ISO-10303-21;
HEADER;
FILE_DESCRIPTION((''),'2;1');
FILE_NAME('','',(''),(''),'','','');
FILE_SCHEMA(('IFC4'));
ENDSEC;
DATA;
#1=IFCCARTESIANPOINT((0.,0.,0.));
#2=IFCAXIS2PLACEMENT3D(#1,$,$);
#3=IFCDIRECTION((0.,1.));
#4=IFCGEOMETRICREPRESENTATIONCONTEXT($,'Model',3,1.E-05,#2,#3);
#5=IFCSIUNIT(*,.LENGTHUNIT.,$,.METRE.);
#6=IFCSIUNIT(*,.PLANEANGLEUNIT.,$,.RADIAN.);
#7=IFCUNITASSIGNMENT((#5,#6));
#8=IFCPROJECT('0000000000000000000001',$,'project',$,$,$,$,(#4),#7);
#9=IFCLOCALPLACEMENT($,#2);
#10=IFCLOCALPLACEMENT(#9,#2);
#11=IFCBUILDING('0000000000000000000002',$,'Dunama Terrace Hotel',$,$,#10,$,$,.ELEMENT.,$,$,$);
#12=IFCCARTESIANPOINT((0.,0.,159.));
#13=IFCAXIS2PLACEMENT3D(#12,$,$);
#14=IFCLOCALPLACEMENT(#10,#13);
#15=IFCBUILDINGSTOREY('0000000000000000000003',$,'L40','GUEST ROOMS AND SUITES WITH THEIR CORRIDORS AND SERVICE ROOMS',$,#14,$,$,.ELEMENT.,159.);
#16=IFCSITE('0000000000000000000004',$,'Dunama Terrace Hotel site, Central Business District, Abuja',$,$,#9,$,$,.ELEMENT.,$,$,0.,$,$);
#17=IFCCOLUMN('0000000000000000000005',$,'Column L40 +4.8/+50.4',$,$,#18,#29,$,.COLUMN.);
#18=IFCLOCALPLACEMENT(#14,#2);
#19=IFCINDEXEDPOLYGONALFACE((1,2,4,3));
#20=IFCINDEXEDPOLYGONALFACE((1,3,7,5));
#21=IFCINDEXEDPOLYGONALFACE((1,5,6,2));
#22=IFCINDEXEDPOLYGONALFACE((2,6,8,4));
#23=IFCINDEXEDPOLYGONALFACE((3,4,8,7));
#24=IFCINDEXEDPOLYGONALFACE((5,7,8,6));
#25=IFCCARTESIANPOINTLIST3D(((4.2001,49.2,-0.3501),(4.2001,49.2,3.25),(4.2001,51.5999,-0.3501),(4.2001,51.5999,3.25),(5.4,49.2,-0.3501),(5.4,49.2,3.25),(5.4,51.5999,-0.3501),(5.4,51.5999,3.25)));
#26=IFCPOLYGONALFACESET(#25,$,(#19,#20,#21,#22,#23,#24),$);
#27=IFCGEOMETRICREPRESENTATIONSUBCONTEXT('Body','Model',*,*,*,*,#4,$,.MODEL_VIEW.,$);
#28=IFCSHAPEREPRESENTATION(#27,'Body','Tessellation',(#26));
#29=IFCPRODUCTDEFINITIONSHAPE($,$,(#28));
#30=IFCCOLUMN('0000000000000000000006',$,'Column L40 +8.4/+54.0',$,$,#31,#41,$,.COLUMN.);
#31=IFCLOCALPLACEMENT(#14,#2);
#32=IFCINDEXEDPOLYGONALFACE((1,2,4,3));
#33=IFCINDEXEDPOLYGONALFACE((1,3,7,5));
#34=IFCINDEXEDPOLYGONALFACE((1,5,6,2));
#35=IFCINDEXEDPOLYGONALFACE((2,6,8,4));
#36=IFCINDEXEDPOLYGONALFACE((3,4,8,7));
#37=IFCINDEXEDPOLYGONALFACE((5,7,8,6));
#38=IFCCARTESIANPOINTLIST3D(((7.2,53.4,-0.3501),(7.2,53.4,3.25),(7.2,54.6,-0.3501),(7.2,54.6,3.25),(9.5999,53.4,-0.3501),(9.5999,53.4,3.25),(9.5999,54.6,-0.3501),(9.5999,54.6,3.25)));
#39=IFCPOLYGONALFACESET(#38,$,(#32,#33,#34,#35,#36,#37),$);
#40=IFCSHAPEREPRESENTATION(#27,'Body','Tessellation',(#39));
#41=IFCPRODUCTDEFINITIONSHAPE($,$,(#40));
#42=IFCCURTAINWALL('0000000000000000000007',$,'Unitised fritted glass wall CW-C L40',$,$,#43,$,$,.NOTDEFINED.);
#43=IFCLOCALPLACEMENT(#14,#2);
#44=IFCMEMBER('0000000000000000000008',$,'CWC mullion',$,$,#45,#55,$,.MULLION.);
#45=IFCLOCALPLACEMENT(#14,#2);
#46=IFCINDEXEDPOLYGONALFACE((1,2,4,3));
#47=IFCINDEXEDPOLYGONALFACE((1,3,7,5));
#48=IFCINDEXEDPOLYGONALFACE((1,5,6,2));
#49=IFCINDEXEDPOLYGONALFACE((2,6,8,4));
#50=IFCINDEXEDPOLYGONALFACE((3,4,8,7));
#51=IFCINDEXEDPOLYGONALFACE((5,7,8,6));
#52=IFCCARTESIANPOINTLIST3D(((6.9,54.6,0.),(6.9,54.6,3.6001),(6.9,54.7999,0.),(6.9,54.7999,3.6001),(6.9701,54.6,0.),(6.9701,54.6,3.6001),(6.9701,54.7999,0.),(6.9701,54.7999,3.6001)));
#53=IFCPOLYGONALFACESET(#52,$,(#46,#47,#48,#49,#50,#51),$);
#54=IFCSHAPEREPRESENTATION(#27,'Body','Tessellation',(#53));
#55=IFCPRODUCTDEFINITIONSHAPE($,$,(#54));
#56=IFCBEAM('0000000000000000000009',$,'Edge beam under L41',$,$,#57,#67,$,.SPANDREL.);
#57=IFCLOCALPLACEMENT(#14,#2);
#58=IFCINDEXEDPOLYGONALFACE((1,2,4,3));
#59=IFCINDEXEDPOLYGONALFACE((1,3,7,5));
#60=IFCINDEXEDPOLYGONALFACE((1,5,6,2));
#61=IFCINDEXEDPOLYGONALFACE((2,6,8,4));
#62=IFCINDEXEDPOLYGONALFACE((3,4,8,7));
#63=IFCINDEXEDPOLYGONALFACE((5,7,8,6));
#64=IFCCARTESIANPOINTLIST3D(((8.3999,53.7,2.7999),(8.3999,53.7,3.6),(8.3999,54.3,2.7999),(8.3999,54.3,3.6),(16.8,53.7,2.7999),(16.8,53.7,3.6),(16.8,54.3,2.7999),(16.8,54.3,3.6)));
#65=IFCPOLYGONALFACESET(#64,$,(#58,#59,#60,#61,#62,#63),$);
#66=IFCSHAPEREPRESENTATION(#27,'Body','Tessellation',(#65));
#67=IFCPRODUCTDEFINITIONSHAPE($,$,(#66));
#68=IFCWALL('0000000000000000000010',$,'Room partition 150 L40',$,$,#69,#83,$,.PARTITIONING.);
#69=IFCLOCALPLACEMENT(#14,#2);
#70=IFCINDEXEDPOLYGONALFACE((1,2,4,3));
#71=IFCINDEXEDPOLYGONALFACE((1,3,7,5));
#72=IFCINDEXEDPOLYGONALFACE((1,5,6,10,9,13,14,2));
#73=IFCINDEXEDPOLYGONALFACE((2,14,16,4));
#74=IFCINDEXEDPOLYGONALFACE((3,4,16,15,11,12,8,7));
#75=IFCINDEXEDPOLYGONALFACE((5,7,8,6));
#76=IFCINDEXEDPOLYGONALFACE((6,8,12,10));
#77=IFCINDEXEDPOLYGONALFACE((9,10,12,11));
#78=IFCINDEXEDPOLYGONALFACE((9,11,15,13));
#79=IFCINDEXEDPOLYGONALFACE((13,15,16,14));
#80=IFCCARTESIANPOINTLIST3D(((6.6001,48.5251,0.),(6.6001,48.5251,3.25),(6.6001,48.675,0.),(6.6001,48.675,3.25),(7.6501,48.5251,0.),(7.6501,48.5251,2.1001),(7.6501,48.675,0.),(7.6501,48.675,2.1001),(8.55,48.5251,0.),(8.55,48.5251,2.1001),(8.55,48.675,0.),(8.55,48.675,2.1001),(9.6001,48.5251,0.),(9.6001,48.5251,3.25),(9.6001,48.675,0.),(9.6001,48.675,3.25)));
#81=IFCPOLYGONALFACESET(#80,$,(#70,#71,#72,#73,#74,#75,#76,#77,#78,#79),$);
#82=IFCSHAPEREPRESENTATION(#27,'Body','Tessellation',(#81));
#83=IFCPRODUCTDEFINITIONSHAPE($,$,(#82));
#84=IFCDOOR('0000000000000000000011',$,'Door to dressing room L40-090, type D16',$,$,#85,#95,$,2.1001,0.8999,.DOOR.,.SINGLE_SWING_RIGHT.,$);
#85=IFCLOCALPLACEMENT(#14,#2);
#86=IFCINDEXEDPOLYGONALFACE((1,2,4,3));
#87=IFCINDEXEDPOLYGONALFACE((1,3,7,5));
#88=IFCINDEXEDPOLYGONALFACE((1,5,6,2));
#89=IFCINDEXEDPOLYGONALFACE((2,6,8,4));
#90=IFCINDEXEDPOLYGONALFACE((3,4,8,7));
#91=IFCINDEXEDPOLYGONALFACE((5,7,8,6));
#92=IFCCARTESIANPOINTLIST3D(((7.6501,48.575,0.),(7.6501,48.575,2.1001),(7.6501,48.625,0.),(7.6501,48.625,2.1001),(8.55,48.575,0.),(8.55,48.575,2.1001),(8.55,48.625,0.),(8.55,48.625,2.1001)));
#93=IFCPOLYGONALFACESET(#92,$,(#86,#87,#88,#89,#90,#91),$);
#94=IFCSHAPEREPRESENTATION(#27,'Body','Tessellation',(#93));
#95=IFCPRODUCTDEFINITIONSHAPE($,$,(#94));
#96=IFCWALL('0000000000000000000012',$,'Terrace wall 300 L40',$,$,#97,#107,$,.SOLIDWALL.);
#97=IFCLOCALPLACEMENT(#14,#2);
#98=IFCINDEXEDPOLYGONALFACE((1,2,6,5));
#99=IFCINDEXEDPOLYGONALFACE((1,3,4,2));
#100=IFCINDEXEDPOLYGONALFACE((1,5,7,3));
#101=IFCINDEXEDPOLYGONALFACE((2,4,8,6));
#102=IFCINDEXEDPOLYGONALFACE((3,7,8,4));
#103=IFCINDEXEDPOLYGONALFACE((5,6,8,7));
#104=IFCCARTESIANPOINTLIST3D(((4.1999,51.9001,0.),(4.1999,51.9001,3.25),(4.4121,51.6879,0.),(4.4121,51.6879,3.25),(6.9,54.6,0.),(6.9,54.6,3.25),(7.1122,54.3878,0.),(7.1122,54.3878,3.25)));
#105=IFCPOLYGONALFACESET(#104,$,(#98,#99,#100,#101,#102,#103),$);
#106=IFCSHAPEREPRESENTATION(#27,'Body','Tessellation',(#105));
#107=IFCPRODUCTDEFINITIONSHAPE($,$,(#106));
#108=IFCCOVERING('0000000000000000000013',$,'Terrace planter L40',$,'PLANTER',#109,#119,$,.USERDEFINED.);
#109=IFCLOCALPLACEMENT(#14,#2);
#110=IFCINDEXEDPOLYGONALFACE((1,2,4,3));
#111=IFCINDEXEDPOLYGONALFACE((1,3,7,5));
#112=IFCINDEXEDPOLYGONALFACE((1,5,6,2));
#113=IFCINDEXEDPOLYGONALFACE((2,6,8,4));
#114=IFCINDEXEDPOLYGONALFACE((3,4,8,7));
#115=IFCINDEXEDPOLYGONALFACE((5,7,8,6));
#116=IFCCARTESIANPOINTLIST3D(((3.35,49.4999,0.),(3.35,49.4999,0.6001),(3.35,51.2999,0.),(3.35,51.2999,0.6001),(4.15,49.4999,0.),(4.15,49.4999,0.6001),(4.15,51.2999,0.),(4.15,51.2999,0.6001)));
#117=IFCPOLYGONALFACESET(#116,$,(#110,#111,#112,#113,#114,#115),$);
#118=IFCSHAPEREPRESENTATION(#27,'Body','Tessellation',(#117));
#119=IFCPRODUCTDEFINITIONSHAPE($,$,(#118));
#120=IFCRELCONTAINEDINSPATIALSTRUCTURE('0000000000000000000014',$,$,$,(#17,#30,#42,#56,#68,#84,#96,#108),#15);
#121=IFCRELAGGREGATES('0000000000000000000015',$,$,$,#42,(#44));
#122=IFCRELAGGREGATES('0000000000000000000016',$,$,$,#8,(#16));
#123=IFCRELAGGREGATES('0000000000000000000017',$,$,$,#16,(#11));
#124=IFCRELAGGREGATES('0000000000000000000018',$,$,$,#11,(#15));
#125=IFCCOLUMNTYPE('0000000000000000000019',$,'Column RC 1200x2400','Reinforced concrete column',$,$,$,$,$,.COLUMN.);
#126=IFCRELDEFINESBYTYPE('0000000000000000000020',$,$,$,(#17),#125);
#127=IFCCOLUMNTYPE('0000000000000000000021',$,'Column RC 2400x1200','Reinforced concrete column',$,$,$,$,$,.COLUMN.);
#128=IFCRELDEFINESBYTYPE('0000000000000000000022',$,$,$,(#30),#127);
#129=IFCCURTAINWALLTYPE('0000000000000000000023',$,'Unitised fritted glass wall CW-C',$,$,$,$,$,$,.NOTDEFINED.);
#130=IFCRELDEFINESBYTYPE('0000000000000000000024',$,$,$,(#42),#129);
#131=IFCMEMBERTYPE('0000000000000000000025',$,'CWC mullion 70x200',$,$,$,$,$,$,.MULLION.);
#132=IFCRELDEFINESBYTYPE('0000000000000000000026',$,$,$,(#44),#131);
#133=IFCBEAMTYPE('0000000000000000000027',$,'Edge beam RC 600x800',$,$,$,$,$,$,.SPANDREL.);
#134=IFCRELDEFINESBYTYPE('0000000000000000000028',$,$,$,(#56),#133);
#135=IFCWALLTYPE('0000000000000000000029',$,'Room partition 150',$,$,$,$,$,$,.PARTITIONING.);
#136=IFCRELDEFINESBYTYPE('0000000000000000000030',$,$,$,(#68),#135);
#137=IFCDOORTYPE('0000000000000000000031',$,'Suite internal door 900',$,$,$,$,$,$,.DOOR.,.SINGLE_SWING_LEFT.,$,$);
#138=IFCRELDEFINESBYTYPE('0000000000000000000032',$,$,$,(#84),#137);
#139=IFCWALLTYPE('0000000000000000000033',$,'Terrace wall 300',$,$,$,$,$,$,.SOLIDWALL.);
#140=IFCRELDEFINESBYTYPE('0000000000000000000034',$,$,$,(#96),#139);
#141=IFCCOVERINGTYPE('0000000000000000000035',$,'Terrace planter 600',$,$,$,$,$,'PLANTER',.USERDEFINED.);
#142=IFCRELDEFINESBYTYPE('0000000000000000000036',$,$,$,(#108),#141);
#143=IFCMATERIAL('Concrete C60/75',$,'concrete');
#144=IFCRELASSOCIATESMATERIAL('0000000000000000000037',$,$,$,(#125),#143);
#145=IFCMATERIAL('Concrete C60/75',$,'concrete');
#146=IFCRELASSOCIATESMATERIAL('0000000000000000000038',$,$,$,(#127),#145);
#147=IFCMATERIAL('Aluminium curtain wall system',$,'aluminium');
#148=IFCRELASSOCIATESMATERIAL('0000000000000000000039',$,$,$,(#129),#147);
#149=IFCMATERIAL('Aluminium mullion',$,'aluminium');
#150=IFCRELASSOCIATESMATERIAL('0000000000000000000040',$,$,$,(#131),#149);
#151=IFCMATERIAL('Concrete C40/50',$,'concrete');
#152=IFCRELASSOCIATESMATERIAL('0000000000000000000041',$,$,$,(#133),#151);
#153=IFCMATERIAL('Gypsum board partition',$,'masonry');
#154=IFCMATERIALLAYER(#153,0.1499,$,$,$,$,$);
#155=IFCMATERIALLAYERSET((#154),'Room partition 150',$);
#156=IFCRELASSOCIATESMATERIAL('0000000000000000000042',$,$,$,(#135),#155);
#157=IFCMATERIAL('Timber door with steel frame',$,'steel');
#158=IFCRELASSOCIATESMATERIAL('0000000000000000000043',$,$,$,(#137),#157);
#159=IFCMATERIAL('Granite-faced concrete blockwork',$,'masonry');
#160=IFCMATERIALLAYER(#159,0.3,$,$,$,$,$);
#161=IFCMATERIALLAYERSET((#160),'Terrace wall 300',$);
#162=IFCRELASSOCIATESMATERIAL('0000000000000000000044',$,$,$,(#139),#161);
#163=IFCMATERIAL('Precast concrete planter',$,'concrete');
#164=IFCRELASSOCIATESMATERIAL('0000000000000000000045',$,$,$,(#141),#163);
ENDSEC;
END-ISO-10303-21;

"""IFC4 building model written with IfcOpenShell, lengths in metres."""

from ifc_helpers import new_model, si_unit, direction, frame, frame_2d, origin, origin_2d, place, context, subcontext, project, spatial, rectangle, extrude, material, layer, layer_set, material_profile, profile_set, type_object, element, fill, aggregate, save


model = new_model("IFC4")

# Units and contexts
model_context = context("Model", 3, precision=1e-05, world=origin(), true_north=direction((0.0, 1.0)))
body_context = subcontext(model_context, "Body", "Model", "MODEL_VIEW")
ifc_project = project(units=[si_unit("LENGTHUNIT", "METRE"), si_unit("PLANEANGLEUNIT", "RADIAN")], contexts=[model_context])

# Site, building, storey
site_placement = place(None, origin())
site = spatial("IfcSite", under=ifc_project, at=site_placement, Name="Dunama Terrace Hotel site, Central Business District, Abuja", CompositionType="ELEMENT", RefElevation=0.0)
building_placement = place(site_placement, origin())
building = spatial("IfcBuilding", under=site, at=building_placement, Name="Dunama Terrace Hotel", CompositionType="ELEMENT")
storey_placement = place(building_placement, frame((0.0, 0.0, 159.0)))
storey = spatial("IfcBuildingStorey", under=building, at=storey_placement, Name="L40", Description="GUEST ROOMS AND SUITES WITH THEIR CORRIDORS AND SERVICE ROOMS", CompositionType="ELEMENT", Elevation=159.0)

# Columns
ifc_material_1 = material(Name="Concrete C60/75", Category="concrete")
ifc_material_profile_1 = material_profile(ifc_material_1, rectangle(XDim=1.2, YDim=2.3999, at=origin_2d()), Name="RC 1200x2400")
ifc_profile_set_1 = profile_set([ifc_material_profile_1], Name="Concrete C60/75")
column_type_1 = type_object("IfcColumnType", Name="Column RC 1200x2400", Description="Reinforced concrete column", PredefinedType="COLUMN", material=ifc_profile_set_1)
column_1_placement = place(storey_placement, frame((4.8, 50.3999, -0.3501), z_axis=(0.0, 0.0, 1.0), x_axis=(1.0, 0.0, 0.0)))
element("IfcColumn", 1, at=column_1_placement, inside=storey, type_object=column_type_1, Name="Column L40 +4.8/+50.4", PredefinedType="COLUMN", context=body_context, shape_type="SweptSolid", body=[
    extrude(rectangle(XDim=1.2, YDim=2.3999, at=origin_2d()), origin(), (0.0, 0.0, 1.0), 3.6001),
])
ifc_material_2 = material(Name="Concrete C60/75", Category="concrete")
ifc_material_profile_2 = material_profile(ifc_material_2, rectangle(XDim=2.3999, YDim=1.2, at=origin_2d()), Name="RC 2400x1200")
ifc_profile_set_2 = profile_set([ifc_material_profile_2], Name="Concrete C60/75")
column_type_2 = type_object("IfcColumnType", Name="Column RC 2400x1200", Description="Reinforced concrete column", PredefinedType="COLUMN", material=ifc_profile_set_2)
column_2_placement = place(storey_placement, frame((8.3999, 54.0, -0.3501), z_axis=(0.0, 0.0, 1.0), x_axis=(1.0, 0.0, 0.0)))
element("IfcColumn", 2, at=column_2_placement, inside=storey, type_object=column_type_2, Name="Column L40 +8.4/+54.0", PredefinedType="COLUMN", context=body_context, shape_type="SweptSolid", body=[
    extrude(rectangle(XDim=2.3999, YDim=1.2, at=origin_2d()), origin(), (0.0, 0.0, 1.0), 3.6001),
])

# Curtain wall, member
ifc_material_3 = material(Name="Aluminium curtain wall system", Category="aluminium")
curtain_wall_type = type_object("IfcCurtainWallType", Name="Unitised fritted glass wall CW-C", PredefinedType="NOTDEFINED", material=ifc_material_3)
curtain_wall_placement = place(storey_placement, origin())
curtain_wall = element("IfcCurtainWall", 3, at=curtain_wall_placement, inside=storey, type_object=curtain_wall_type, Name="Unitised fritted glass wall CW-C L40", PredefinedType="NOTDEFINED")
ifc_material_4 = material(Name="Aluminium mullion", Category="aluminium")
ifc_material_profile_3 = material_profile(ifc_material_4, rectangle(XDim=0.0701, YDim=0.2, at=origin_2d()), Name="CWC MULLION 70X200")
ifc_profile_set_3 = profile_set([ifc_material_profile_3], Name="Aluminium mullion")
member_type = type_object("IfcMemberType", Name="CWC mullion 70x200", PredefinedType="MULLION", material=ifc_profile_set_3)
member_placement = place(storey_placement, frame((6.9351, 54.7, 0.0), z_axis=(0.0, 0.0, 1.0), x_axis=(-1.0, 0.0, 0.0)))
member = element("IfcMember", 4, at=member_placement, type_object=member_type, Name="CWC mullion", PredefinedType="MULLION", context=body_context, shape_type="SweptSolid", body=[
    extrude(rectangle(XDim=0.0701, YDim=0.2, at=origin_2d()), origin(), (0.0, 0.0, 1.0), 3.6001),
])
aggregate(curtain_wall, [member])

# Beam
ifc_material_5 = material(Name="Concrete C40/50", Category="concrete")
ifc_material_profile_4 = material_profile(ifc_material_5, rectangle(XDim=0.6001, YDim=0.8, at=origin_2d()), Name="RC 600x800")
ifc_profile_set_4 = profile_set([ifc_material_profile_4], Name="Concrete C40/50")
beam_type = type_object("IfcBeamType", Name="Edge beam RC 600x800", PredefinedType="SPANDREL", material=ifc_profile_set_4)
beam_placement = place(storey_placement, frame((8.3999, 54.0, 3.2), z_axis=(1.0, 0.0, 0.0), x_axis=(0.0, 1.0, 0.0)))
element("IfcBeam", 5, at=beam_placement, inside=storey, type_object=beam_type, Name="Edge beam under L41", PredefinedType="SPANDREL", context=body_context, shape_type="SweptSolid", body=[
    extrude(rectangle(XDim=0.6001, YDim=0.8, at=origin_2d()), origin(), (0.0, 0.0, 1.0), 8.4001),
])

# Wall, opening, door
ifc_material_6 = material(Name="Gypsum board partition", Category="masonry")
ifc_layer_1 = layer(ifc_material_6, 0.1499)
ifc_layer_set_1 = layer_set([ifc_layer_1], Name="Room partition 150")
wall_type_1 = type_object("IfcWallType", Name="Room partition 150", PredefinedType="PARTITIONING", material=ifc_layer_set_1)
wall_1_placement = place(storey_placement, frame((6.6001, 48.6001, 0.0), z_axis=(0.0, 0.0, 1.0), x_axis=(1.0, 0.0, 0.0)))
wall_1 = element("IfcWall", 6, at=wall_1_placement, inside=storey, type_object=wall_type_1, Name="Room partition 150 L40", PredefinedType="PARTITIONING", context=body_context, shape_type="SweptSolid", body=[
    extrude(rectangle(XDim=3.0, YDim=0.1499, at=frame_2d((1.5, 0.0))), origin(), (0.0, 0.0, 1.0), 3.25),
])
opening_1_placement = place(wall_1_placement, frame((1.05, 0.0, 0.0)))
opening_1 = element("IfcOpeningElement", 7, at=opening_1_placement, cuts=wall_1, PredefinedType="OPENING", context=body_context, shape_type="SweptSolid", body=[
    extrude(rectangle(XDim=0.8999, YDim=2.1001, at=frame_2d((0.45, 1.05))), frame((0.0, 0.085, 0.0), z_axis=(0.0, -1.0, 0.0), x_axis=(1.0, 0.0, 0.0)), (0.0, 0.0, 1.0), 0.1699),
])
ifc_material_7 = material(Name="Timber door with steel frame", Category="steel")
door_type_1 = type_object("IfcDoorType", Name="Suite internal door 900", OperationType="SINGLE_SWING_LEFT", PredefinedType="DOOR", material=ifc_material_7)
door_1_placement = place(opening_1_placement, frame((0.8999, 0.0, 0.0), z_axis=(0.0, 0.0, 1.0), x_axis=(-1.0, 0.0, 0.0)))
door_1 = element("IfcDoor", 8, at=door_1_placement, inside=storey, type_object=door_type_1, Name="Door to dressing room L40-090, type D16", OperationType="SINGLE_SWING_RIGHT", OverallHeight=2.1001, OverallWidth=0.8999, PredefinedType="DOOR", context=body_context, shape_type="SweptSolid", body=[
    extrude(rectangle(XDim=0.8999, YDim=2.1001, at=frame_2d((0.45, 1.05))), frame((0.0, 0.0251, 0.0), z_axis=(0.0, -1.0, 0.0), x_axis=(1.0, 0.0, 0.0)), (0.0, 0.0, 1.0), 0.05),
])
fill(opening_1, door_1)

# Wall
ifc_material_8 = material(Name="Granite-faced concrete blockwork", Category="masonry")
ifc_layer_2 = layer(ifc_material_8, 0.3)
ifc_layer_set_2 = layer_set([ifc_layer_2], Name="Terrace wall 300")
wall_type_2 = type_object("IfcWallType", Name="Terrace wall 300", PredefinedType="SOLIDWALL", material=ifc_layer_set_2)
wall_2_placement = place(storey_placement, frame((7.0061, 54.4939, 0.0), z_axis=(0.0, 0.0, 1.0), x_axis=(-0.707139, -0.707075, 0.0)))
element("IfcWall", 9, at=wall_2_placement, inside=storey, type_object=wall_type_2, Name="Terrace wall 300 L40", PredefinedType="SOLIDWALL", context=body_context, shape_type="SweptSolid", body=[
    extrude(rectangle(XDim=3.8184, YDim=0.3, at=frame_2d((1.9092, 0.0))), origin(), (0.0, 0.0, 1.0), 3.25),
])

# Covering
ifc_material_9 = material(Name="Precast concrete planter", Category="concrete")
covering_type = type_object("IfcCoveringType", Name="Terrace planter 600", ElementType="PLANTER", PredefinedType="USERDEFINED", material=ifc_material_9)
covering_placement = place(storey_placement, frame((3.75, 50.3999, 0.0), z_axis=(0.0, 0.0, 1.0), x_axis=(1.0, 0.0, 0.0)))
element("IfcCovering", 10, at=covering_placement, inside=storey, type_object=covering_type, Name="Terrace planter L40", ObjectType="PLANTER", PredefinedType="USERDEFINED", context=body_context, shape_type="SweptSolid", body=[
    extrude(rectangle(XDim=0.8, YDim=1.8, at=origin_2d()), origin(), (0.0, 0.0, 1.0), 0.6001),
])

save(model, "model.ifc")
